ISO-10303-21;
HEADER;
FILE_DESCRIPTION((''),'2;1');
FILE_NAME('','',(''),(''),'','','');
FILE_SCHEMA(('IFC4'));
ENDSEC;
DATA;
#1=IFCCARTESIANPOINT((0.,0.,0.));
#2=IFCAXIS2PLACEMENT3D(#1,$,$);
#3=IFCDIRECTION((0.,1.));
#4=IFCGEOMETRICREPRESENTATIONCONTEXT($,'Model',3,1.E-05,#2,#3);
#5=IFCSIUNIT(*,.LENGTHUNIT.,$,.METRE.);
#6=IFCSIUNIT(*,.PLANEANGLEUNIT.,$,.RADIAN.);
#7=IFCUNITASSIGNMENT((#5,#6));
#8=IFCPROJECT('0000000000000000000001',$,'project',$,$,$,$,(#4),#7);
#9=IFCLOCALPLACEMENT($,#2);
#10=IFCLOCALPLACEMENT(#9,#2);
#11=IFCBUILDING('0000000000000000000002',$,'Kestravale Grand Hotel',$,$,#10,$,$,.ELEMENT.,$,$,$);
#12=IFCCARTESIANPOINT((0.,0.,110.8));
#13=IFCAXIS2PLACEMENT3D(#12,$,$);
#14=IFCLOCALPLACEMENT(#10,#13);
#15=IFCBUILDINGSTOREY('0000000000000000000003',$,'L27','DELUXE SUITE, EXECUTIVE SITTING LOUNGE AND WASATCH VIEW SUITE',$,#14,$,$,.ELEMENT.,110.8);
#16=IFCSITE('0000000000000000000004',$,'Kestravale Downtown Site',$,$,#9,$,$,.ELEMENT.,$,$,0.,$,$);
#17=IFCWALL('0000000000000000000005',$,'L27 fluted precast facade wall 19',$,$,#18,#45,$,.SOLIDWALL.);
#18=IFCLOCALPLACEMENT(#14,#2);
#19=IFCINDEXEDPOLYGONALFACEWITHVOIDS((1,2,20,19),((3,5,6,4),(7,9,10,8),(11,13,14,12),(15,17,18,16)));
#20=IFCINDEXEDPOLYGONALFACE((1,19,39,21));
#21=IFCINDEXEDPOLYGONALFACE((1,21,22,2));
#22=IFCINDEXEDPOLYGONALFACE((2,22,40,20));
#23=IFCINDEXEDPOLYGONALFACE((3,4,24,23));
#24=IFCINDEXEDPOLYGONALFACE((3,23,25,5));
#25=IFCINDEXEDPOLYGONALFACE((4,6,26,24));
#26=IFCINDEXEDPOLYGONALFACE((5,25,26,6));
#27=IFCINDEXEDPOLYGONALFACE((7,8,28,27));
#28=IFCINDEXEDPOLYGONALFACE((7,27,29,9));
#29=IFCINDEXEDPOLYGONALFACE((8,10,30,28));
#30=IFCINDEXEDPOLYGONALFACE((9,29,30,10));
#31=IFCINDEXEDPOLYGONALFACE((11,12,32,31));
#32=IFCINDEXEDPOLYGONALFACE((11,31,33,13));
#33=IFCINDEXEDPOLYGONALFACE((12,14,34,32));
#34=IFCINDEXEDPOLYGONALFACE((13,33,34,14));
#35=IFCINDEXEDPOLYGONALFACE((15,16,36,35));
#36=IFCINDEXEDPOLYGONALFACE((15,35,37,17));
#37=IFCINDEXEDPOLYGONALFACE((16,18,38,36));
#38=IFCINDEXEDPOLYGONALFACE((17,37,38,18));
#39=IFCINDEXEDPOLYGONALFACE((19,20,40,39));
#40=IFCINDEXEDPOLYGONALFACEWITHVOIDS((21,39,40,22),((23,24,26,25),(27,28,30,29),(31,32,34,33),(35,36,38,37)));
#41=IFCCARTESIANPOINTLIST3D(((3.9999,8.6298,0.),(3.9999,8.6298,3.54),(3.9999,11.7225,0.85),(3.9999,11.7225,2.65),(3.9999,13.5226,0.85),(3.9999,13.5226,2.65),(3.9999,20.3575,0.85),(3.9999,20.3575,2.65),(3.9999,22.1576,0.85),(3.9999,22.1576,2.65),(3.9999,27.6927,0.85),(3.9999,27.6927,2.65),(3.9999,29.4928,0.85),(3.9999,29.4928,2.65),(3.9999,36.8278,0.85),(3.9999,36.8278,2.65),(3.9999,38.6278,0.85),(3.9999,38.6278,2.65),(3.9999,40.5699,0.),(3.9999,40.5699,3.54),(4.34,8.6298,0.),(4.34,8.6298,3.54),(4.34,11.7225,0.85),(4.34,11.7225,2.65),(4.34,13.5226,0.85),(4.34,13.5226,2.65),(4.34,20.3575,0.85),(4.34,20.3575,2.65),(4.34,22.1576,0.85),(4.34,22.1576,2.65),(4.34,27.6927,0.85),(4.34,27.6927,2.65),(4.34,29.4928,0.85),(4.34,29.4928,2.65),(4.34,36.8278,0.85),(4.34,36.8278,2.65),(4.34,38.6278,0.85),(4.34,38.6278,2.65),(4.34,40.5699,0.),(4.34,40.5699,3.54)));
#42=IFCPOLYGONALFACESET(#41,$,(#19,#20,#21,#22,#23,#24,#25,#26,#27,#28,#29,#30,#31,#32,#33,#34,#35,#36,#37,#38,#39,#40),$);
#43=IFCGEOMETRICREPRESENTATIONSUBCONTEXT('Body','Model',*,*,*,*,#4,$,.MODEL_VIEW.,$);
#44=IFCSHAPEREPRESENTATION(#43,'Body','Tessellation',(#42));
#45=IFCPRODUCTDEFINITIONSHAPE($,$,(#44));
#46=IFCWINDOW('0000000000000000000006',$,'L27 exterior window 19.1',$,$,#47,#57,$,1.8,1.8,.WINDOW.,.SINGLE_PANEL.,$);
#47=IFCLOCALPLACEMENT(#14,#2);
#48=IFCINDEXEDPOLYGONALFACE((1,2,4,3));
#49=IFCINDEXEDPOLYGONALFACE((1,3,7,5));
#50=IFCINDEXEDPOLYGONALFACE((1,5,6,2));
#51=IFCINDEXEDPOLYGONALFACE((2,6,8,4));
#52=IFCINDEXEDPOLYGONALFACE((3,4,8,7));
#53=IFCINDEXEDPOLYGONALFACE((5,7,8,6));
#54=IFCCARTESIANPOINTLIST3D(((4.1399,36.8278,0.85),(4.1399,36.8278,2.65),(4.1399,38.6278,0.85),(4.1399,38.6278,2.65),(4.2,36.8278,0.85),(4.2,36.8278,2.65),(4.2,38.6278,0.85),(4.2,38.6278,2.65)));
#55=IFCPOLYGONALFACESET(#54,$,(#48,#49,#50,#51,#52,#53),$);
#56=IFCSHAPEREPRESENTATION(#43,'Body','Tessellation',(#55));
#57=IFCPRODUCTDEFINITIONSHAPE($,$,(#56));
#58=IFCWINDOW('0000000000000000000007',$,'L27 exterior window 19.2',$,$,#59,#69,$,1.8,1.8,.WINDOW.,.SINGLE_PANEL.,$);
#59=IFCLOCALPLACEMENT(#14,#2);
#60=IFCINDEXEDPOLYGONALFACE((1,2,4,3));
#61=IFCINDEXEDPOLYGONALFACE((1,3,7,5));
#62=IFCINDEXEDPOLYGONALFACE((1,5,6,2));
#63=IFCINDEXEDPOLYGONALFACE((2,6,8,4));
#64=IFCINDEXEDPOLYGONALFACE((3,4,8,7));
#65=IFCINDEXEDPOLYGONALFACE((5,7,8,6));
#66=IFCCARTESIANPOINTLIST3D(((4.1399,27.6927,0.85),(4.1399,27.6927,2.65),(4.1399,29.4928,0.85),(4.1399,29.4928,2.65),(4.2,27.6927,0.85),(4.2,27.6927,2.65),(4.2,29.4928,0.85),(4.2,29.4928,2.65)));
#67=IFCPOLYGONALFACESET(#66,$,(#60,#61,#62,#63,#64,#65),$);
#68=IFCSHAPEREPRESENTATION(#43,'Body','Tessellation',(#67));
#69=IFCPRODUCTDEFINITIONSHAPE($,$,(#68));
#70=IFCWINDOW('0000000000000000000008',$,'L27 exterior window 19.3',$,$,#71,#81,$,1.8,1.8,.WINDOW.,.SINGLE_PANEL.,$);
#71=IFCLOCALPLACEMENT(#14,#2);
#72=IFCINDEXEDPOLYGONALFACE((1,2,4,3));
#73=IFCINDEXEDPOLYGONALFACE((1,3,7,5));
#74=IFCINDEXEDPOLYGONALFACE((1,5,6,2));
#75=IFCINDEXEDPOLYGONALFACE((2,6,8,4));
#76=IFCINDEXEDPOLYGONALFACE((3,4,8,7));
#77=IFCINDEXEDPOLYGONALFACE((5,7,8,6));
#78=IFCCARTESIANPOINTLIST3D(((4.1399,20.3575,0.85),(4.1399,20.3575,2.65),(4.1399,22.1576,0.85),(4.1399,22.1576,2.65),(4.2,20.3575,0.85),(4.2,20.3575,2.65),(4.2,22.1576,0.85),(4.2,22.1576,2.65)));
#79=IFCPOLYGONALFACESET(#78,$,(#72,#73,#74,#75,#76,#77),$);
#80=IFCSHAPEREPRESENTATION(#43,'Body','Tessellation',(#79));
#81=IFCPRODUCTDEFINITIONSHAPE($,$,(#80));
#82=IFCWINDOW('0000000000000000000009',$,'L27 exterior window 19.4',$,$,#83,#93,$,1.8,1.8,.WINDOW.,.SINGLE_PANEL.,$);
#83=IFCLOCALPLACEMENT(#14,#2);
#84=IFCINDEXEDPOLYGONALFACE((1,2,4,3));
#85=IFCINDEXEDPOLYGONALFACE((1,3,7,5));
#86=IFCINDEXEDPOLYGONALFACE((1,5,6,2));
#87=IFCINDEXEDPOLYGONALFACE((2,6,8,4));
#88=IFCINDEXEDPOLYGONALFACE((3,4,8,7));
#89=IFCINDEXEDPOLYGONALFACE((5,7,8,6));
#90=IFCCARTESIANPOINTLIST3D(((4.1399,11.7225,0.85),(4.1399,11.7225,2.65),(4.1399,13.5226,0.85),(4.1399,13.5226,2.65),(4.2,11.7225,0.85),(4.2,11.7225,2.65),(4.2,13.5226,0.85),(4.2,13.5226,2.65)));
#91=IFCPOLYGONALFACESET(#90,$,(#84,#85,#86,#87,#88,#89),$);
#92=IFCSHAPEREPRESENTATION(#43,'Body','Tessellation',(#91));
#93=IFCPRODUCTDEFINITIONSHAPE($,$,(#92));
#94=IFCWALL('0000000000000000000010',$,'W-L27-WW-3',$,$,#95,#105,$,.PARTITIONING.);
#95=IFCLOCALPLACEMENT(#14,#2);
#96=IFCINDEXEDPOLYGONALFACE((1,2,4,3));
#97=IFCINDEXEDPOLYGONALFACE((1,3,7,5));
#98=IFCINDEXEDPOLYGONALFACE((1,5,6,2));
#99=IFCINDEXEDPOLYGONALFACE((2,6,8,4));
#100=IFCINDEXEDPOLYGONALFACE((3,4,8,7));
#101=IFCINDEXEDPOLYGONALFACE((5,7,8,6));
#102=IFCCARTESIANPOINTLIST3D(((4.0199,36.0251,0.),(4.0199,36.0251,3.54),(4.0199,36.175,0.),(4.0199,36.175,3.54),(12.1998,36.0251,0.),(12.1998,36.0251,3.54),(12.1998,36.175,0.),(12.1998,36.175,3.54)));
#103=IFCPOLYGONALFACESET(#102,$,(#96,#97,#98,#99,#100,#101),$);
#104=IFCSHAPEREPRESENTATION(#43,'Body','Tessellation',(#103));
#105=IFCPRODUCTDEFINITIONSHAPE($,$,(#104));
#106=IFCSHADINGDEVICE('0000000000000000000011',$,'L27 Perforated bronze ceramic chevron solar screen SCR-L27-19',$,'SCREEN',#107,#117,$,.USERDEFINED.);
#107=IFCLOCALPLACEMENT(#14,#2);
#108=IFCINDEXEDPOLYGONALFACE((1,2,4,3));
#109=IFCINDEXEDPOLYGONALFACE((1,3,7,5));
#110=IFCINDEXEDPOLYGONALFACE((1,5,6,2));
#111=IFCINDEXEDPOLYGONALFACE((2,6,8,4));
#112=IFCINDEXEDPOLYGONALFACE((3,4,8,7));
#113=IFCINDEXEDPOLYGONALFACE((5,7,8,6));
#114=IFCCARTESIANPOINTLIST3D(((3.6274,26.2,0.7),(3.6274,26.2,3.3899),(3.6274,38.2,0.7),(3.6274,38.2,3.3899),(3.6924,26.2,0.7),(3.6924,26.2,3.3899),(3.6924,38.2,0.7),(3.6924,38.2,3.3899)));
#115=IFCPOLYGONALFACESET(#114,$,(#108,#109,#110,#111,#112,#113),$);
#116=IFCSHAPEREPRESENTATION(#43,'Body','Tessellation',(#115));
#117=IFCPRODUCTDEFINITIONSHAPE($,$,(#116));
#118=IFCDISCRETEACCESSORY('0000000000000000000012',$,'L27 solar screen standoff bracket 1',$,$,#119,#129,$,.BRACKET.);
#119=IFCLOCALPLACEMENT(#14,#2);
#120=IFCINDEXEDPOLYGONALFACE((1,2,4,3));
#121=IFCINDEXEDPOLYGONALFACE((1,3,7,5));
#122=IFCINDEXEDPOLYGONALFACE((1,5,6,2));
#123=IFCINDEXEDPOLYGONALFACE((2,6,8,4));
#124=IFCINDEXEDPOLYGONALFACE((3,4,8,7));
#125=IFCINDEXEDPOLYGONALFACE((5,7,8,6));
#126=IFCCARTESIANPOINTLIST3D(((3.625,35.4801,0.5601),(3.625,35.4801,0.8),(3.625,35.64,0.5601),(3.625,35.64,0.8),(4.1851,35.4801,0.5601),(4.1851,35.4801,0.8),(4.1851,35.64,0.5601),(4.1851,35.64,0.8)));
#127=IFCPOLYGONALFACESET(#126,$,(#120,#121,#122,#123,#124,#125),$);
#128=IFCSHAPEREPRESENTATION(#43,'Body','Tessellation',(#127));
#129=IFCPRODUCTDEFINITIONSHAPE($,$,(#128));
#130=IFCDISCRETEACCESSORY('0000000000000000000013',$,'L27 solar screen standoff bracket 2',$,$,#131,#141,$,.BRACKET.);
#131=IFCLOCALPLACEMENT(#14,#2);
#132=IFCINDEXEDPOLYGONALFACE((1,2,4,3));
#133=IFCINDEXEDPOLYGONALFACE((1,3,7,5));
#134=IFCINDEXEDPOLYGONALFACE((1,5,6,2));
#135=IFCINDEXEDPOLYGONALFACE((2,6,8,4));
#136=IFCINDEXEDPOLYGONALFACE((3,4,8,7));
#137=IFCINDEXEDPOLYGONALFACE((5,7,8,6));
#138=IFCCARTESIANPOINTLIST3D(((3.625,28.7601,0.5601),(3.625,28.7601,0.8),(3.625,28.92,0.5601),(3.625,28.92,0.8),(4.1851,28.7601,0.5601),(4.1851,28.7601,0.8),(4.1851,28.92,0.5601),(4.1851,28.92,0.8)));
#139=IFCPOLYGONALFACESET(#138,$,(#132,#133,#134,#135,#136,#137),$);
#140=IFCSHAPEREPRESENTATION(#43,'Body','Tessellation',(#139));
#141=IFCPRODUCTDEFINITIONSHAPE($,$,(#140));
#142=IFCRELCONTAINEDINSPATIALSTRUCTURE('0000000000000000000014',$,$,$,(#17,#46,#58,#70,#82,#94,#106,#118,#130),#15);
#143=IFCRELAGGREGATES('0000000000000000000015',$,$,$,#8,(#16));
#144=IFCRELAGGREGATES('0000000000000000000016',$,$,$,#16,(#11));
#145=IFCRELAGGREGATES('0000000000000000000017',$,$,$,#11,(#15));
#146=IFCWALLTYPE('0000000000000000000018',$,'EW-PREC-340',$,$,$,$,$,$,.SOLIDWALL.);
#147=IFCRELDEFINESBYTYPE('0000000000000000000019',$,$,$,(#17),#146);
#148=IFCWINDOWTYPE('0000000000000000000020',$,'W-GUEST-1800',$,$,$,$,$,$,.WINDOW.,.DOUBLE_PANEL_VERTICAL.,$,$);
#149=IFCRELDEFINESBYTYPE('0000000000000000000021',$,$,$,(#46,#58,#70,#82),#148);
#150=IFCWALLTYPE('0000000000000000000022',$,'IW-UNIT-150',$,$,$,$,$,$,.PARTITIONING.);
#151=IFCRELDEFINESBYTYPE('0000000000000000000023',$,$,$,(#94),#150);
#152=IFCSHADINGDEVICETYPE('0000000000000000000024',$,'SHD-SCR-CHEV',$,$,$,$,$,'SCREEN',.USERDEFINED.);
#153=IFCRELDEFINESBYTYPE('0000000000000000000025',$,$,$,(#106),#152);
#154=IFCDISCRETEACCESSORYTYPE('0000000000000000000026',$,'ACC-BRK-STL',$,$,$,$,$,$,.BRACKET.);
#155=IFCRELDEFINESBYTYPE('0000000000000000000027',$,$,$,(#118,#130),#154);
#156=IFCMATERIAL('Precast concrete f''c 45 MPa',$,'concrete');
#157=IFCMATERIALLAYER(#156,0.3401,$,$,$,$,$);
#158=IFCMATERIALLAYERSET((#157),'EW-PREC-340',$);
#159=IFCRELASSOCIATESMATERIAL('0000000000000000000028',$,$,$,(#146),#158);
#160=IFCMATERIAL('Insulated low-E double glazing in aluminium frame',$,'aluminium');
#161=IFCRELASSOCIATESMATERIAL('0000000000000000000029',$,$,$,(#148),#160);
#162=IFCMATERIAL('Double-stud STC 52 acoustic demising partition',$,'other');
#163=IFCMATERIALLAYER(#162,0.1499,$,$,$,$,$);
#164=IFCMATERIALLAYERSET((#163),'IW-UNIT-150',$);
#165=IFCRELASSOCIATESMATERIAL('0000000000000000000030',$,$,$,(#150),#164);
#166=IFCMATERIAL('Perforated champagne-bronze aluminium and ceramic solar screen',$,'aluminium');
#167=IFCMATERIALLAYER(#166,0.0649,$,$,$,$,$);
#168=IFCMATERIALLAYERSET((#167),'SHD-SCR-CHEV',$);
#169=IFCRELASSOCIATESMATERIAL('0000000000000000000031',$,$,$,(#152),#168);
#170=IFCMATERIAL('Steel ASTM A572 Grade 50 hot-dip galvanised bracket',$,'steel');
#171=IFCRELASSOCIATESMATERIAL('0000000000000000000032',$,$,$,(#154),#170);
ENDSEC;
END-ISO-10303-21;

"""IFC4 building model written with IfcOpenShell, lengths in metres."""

from ifc_helpers import new_model, si_unit, direction, frame, frame_2d, origin, origin_2d, place, context, subcontext, project, spatial, rectangle, extrude, material, layer, layer_set, type_object, element, fill, save


model = new_model("IFC4")

# Units and contexts
model_context = context("Model", 3, precision=1e-05, world=origin(), true_north=direction((0.0, 1.0)))
body_context = subcontext(model_context, "Body", "Model", "MODEL_VIEW")
ifc_project = project(units=[si_unit("LENGTHUNIT", "METRE"), si_unit("PLANEANGLEUNIT", "RADIAN")], contexts=[model_context])

# Site, building, storey
site_placement = place(None, origin())
site = spatial("IfcSite", under=ifc_project, at=site_placement, Name="Kestravale Downtown Site", CompositionType="ELEMENT", RefElevation=0.0)
building_placement = place(site_placement, origin())
building = spatial("IfcBuilding", under=site, at=building_placement, Name="Kestravale Grand Hotel", CompositionType="ELEMENT")
storey_placement = place(building_placement, frame((0.0, 0.0, 110.8)))
storey = spatial("IfcBuildingStorey", under=building, at=storey_placement, Name="L27", Description="DELUXE SUITE, EXECUTIVE SITTING LOUNGE AND WASATCH VIEW SUITE", CompositionType="ELEMENT", Elevation=110.8)

# Wall, openings, windows
ifc_material_1 = material(Name="Precast concrete f'c 45 MPa", Category="concrete")
ifc_layer_1 = layer(ifc_material_1, 0.3401)
ifc_layer_set_1 = layer_set([ifc_layer_1], Name="EW-PREC-340")
wall_type_1 = type_object("IfcWallType", Name="EW-PREC-340", PredefinedType="SOLIDWALL", material=ifc_layer_set_1)
wall_1_placement = place(storey_placement, frame((4.1699, 40.5701, 0.0), z_axis=(0.0, 0.0, 1.0), x_axis=(0.0, -1.0, 0.0)))
wall_1 = element("IfcWall", 1, at=wall_1_placement, inside=storey, type_object=wall_type_1, Name="L27 fluted precast facade wall 19", PredefinedType="SOLIDWALL", context=body_context, shape_type="SweptSolid", body=[
    extrude(rectangle(XDim=31.9402, YDim=0.3401, at=frame_2d((15.9702, 0.0))), origin(), (0.0, 0.0, 1.0), 3.54),
])
opening_1_placement = place(wall_1_placement, frame((1.9424, 0.0, 0.8501)))
opening_1 = element("IfcOpeningElement", 2, at=opening_1_placement, cuts=wall_1, PredefinedType="OPENING", context=body_context, shape_type="SweptSolid", body=[
    extrude(rectangle(XDim=1.8, YDim=1.8, at=frame_2d((0.8999, 0.8999))), frame((0.0, 0.1799, 0.0), z_axis=(0.0, -1.0, 0.0), x_axis=(1.0, 0.0, 0.0)), (0.0, 0.0, 1.0), 0.3601),
])
opening_2_placement = place(wall_1_placement, frame((11.0774, 0.0, 0.8501)))
opening_2 = element("IfcOpeningElement", 3, at=opening_2_placement, cuts=wall_1, PredefinedType="OPENING", context=body_context, shape_type="SweptSolid", body=[
    extrude(rectangle(XDim=1.8, YDim=1.8, at=frame_2d((0.8999, 0.8999))), frame((0.0, 0.1799, 0.0), z_axis=(0.0, -1.0, 0.0), x_axis=(1.0, 0.0, 0.0)), (0.0, 0.0, 1.0), 0.3601),
])
opening_3_placement = place(wall_1_placement, frame((18.4126, 0.0, 0.8501)))
opening_3 = element("IfcOpeningElement", 4, at=opening_3_placement, cuts=wall_1, PredefinedType="OPENING", context=body_context, shape_type="SweptSolid", body=[
    extrude(rectangle(XDim=1.8, YDim=1.8, at=frame_2d((0.8999, 0.8999))), frame((0.0, 0.1799, 0.0), z_axis=(0.0, -1.0, 0.0), x_axis=(1.0, 0.0, 0.0)), (0.0, 0.0, 1.0), 0.3601),
])
opening_4_placement = place(wall_1_placement, frame((27.0476, 0.0, 0.8501)))
opening_4 = element("IfcOpeningElement", 5, at=opening_4_placement, cuts=wall_1, PredefinedType="OPENING", context=body_context, shape_type="SweptSolid", body=[
    extrude(rectangle(XDim=1.8, YDim=1.8, at=frame_2d((0.8999, 0.8999))), frame((0.0, 0.1799, 0.0), z_axis=(0.0, -1.0, 0.0), x_axis=(1.0, 0.0, 0.0)), (0.0, 0.0, 1.0), 0.3601),
])
ifc_material_2 = material(Name="Insulated low-E double glazing in aluminium frame", Category="aluminium")
window_type = type_object("IfcWindowType", Name="W-GUEST-1800", PartitioningType="DOUBLE_PANEL_VERTICAL", PredefinedType="WINDOW", material=ifc_material_2)
window_1_placement = place(opening_1_placement, origin())
window_1 = element("IfcWindow", 6, at=window_1_placement, inside=storey, type_object=window_type, Name="L27 exterior window 19.1", OverallHeight=1.8, OverallWidth=1.8, PartitioningType="SINGLE_PANEL", PredefinedType="WINDOW", context=body_context, shape_type="SweptSolid", body=[
    extrude(rectangle(XDim=1.8, YDim=1.8, at=frame_2d((0.8999, 0.8999))), frame((0.0, 0.03, 0.0), z_axis=(0.0, -1.0, 0.0), x_axis=(1.0, 0.0, 0.0)), (0.0, 0.0, 1.0), 0.0601),
])
fill(opening_1, window_1)
window_2_placement = place(opening_2_placement, origin())
window_2 = element("IfcWindow", 7, at=window_2_placement, inside=storey, type_object=window_type, Name="L27 exterior window 19.2", OverallHeight=1.8, OverallWidth=1.8, PartitioningType="SINGLE_PANEL", PredefinedType="WINDOW", context=body_context, shape_type="SweptSolid", body=[
    extrude(rectangle(XDim=1.8, YDim=1.8, at=frame_2d((0.8999, 0.8999))), frame((0.0, 0.03, 0.0), z_axis=(0.0, -1.0, 0.0), x_axis=(1.0, 0.0, 0.0)), (0.0, 0.0, 1.0), 0.0601),
])
fill(opening_2, window_2)
window_3_placement = place(opening_3_placement, origin())
window_3 = element("IfcWindow", 8, at=window_3_placement, inside=storey, type_object=window_type, Name="L27 exterior window 19.3", OverallHeight=1.8, OverallWidth=1.8, PartitioningType="SINGLE_PANEL", PredefinedType="WINDOW", context=body_context, shape_type="SweptSolid", body=[
    extrude(rectangle(XDim=1.8, YDim=1.8, at=frame_2d((0.8999, 0.8999))), frame((0.0, 0.03, 0.0), z_axis=(0.0, -1.0, 0.0), x_axis=(1.0, 0.0, 0.0)), (0.0, 0.0, 1.0), 0.0601),
])
fill(opening_3, window_3)
window_4_placement = place(opening_4_placement, origin())
window_4 = element("IfcWindow", 9, at=window_4_placement, inside=storey, type_object=window_type, Name="L27 exterior window 19.4", OverallHeight=1.8, OverallWidth=1.8, PartitioningType="SINGLE_PANEL", PredefinedType="WINDOW", context=body_context, shape_type="SweptSolid", body=[
    extrude(rectangle(XDim=1.8, YDim=1.8, at=frame_2d((0.8999, 0.8999))), frame((0.0, 0.03, 0.0), z_axis=(0.0, -1.0, 0.0), x_axis=(1.0, 0.0, 0.0)), (0.0, 0.0, 1.0), 0.0601),
])
fill(opening_4, window_4)

# Wall
ifc_material_3 = material(Name="Double-stud STC 52 acoustic demising partition", Category="other")
ifc_layer_2 = layer(ifc_material_3, 0.1499)
ifc_layer_set_2 = layer_set([ifc_layer_2], Name="IW-UNIT-150")
wall_type_2 = type_object("IfcWallType", Name="IW-UNIT-150", PredefinedType="PARTITIONING", material=ifc_layer_set_2)
wall_2_placement = place(storey_placement, frame((4.02, 36.1001, 0.0), z_axis=(0.0, 0.0, 1.0), x_axis=(1.0, 0.0, 0.0)))
element("IfcWall", 10, at=wall_2_placement, inside=storey, type_object=wall_type_2, Name="W-L27-WW-3", PredefinedType="PARTITIONING", context=body_context, shape_type="SweptSolid", body=[
    extrude(rectangle(XDim=8.1799, YDim=0.1499, at=frame_2d((4.0898, 0.0))), origin(), (0.0, 0.0, 1.0), 3.54),
])

# Shading device
ifc_material_4 = material(Name="Perforated champagne-bronze aluminium and ceramic solar screen", Category="aluminium")
ifc_layer_3 = layer(ifc_material_4, 0.0649)
ifc_layer_set_3 = layer_set([ifc_layer_3], Name="SHD-SCR-CHEV")
shading_device_type = type_object("IfcShadingDeviceType", Name="SHD-SCR-CHEV", ElementType="SCREEN", PredefinedType="USERDEFINED", material=ifc_layer_set_3)
shading_device_placement = place(storey_placement, frame((3.6599, 32.2, 0.7), z_axis=(0.0, 0.0, 1.0), x_axis=(0.0, -1.0, 0.0)))
element("IfcShadingDevice", 11, at=shading_device_placement, inside=storey, type_object=shading_device_type, Name="L27 Perforated bronze ceramic chevron solar screen SCR-L27-19", ObjectType="SCREEN", PredefinedType="USERDEFINED", context=body_context, shape_type="SweptSolid", body=[
    extrude(rectangle(XDim=12.0, YDim=0.0649, at=origin_2d()), origin(), (0.0, 0.0, 1.0), 2.6899),
])

# Discrete accessories
ifc_material_5 = material(Name="Steel ASTM A572 Grade 50 hot-dip galvanised bracket", Category="steel")
discrete_accessory_type = type_object("IfcDiscreteAccessoryType", Name="ACC-BRK-STL", PredefinedType="BRACKET", material=ifc_material_5)
for number, where, z_axis, x_axis, name in (
    (12, (3.905, 35.5601, 0.5601), (0.0, 0.0, 1.0), (0.0, -1.0, 0.0), "L27 solar screen standoff bracket 1"),
    (13, (3.905, 28.8401, 0.5601), (0.0, 0.0, 1.0), (0.0, -1.0, 0.0), "L27 solar screen standoff bracket 2"),
):
    element("IfcDiscreteAccessory", number, at=place(storey_placement, frame(where, z_axis=z_axis, x_axis=x_axis)), inside=storey, type_object=discrete_accessory_type, Name=name, PredefinedType="BRACKET", context=body_context, shape_type="SweptSolid", body=[
        extrude(rectangle(XDim=0.1599, YDim=0.5601, at=origin_2d()), origin(), (0.0, 0.0, 1.0), 0.24),
    ])

save(model, "model.ifc")
